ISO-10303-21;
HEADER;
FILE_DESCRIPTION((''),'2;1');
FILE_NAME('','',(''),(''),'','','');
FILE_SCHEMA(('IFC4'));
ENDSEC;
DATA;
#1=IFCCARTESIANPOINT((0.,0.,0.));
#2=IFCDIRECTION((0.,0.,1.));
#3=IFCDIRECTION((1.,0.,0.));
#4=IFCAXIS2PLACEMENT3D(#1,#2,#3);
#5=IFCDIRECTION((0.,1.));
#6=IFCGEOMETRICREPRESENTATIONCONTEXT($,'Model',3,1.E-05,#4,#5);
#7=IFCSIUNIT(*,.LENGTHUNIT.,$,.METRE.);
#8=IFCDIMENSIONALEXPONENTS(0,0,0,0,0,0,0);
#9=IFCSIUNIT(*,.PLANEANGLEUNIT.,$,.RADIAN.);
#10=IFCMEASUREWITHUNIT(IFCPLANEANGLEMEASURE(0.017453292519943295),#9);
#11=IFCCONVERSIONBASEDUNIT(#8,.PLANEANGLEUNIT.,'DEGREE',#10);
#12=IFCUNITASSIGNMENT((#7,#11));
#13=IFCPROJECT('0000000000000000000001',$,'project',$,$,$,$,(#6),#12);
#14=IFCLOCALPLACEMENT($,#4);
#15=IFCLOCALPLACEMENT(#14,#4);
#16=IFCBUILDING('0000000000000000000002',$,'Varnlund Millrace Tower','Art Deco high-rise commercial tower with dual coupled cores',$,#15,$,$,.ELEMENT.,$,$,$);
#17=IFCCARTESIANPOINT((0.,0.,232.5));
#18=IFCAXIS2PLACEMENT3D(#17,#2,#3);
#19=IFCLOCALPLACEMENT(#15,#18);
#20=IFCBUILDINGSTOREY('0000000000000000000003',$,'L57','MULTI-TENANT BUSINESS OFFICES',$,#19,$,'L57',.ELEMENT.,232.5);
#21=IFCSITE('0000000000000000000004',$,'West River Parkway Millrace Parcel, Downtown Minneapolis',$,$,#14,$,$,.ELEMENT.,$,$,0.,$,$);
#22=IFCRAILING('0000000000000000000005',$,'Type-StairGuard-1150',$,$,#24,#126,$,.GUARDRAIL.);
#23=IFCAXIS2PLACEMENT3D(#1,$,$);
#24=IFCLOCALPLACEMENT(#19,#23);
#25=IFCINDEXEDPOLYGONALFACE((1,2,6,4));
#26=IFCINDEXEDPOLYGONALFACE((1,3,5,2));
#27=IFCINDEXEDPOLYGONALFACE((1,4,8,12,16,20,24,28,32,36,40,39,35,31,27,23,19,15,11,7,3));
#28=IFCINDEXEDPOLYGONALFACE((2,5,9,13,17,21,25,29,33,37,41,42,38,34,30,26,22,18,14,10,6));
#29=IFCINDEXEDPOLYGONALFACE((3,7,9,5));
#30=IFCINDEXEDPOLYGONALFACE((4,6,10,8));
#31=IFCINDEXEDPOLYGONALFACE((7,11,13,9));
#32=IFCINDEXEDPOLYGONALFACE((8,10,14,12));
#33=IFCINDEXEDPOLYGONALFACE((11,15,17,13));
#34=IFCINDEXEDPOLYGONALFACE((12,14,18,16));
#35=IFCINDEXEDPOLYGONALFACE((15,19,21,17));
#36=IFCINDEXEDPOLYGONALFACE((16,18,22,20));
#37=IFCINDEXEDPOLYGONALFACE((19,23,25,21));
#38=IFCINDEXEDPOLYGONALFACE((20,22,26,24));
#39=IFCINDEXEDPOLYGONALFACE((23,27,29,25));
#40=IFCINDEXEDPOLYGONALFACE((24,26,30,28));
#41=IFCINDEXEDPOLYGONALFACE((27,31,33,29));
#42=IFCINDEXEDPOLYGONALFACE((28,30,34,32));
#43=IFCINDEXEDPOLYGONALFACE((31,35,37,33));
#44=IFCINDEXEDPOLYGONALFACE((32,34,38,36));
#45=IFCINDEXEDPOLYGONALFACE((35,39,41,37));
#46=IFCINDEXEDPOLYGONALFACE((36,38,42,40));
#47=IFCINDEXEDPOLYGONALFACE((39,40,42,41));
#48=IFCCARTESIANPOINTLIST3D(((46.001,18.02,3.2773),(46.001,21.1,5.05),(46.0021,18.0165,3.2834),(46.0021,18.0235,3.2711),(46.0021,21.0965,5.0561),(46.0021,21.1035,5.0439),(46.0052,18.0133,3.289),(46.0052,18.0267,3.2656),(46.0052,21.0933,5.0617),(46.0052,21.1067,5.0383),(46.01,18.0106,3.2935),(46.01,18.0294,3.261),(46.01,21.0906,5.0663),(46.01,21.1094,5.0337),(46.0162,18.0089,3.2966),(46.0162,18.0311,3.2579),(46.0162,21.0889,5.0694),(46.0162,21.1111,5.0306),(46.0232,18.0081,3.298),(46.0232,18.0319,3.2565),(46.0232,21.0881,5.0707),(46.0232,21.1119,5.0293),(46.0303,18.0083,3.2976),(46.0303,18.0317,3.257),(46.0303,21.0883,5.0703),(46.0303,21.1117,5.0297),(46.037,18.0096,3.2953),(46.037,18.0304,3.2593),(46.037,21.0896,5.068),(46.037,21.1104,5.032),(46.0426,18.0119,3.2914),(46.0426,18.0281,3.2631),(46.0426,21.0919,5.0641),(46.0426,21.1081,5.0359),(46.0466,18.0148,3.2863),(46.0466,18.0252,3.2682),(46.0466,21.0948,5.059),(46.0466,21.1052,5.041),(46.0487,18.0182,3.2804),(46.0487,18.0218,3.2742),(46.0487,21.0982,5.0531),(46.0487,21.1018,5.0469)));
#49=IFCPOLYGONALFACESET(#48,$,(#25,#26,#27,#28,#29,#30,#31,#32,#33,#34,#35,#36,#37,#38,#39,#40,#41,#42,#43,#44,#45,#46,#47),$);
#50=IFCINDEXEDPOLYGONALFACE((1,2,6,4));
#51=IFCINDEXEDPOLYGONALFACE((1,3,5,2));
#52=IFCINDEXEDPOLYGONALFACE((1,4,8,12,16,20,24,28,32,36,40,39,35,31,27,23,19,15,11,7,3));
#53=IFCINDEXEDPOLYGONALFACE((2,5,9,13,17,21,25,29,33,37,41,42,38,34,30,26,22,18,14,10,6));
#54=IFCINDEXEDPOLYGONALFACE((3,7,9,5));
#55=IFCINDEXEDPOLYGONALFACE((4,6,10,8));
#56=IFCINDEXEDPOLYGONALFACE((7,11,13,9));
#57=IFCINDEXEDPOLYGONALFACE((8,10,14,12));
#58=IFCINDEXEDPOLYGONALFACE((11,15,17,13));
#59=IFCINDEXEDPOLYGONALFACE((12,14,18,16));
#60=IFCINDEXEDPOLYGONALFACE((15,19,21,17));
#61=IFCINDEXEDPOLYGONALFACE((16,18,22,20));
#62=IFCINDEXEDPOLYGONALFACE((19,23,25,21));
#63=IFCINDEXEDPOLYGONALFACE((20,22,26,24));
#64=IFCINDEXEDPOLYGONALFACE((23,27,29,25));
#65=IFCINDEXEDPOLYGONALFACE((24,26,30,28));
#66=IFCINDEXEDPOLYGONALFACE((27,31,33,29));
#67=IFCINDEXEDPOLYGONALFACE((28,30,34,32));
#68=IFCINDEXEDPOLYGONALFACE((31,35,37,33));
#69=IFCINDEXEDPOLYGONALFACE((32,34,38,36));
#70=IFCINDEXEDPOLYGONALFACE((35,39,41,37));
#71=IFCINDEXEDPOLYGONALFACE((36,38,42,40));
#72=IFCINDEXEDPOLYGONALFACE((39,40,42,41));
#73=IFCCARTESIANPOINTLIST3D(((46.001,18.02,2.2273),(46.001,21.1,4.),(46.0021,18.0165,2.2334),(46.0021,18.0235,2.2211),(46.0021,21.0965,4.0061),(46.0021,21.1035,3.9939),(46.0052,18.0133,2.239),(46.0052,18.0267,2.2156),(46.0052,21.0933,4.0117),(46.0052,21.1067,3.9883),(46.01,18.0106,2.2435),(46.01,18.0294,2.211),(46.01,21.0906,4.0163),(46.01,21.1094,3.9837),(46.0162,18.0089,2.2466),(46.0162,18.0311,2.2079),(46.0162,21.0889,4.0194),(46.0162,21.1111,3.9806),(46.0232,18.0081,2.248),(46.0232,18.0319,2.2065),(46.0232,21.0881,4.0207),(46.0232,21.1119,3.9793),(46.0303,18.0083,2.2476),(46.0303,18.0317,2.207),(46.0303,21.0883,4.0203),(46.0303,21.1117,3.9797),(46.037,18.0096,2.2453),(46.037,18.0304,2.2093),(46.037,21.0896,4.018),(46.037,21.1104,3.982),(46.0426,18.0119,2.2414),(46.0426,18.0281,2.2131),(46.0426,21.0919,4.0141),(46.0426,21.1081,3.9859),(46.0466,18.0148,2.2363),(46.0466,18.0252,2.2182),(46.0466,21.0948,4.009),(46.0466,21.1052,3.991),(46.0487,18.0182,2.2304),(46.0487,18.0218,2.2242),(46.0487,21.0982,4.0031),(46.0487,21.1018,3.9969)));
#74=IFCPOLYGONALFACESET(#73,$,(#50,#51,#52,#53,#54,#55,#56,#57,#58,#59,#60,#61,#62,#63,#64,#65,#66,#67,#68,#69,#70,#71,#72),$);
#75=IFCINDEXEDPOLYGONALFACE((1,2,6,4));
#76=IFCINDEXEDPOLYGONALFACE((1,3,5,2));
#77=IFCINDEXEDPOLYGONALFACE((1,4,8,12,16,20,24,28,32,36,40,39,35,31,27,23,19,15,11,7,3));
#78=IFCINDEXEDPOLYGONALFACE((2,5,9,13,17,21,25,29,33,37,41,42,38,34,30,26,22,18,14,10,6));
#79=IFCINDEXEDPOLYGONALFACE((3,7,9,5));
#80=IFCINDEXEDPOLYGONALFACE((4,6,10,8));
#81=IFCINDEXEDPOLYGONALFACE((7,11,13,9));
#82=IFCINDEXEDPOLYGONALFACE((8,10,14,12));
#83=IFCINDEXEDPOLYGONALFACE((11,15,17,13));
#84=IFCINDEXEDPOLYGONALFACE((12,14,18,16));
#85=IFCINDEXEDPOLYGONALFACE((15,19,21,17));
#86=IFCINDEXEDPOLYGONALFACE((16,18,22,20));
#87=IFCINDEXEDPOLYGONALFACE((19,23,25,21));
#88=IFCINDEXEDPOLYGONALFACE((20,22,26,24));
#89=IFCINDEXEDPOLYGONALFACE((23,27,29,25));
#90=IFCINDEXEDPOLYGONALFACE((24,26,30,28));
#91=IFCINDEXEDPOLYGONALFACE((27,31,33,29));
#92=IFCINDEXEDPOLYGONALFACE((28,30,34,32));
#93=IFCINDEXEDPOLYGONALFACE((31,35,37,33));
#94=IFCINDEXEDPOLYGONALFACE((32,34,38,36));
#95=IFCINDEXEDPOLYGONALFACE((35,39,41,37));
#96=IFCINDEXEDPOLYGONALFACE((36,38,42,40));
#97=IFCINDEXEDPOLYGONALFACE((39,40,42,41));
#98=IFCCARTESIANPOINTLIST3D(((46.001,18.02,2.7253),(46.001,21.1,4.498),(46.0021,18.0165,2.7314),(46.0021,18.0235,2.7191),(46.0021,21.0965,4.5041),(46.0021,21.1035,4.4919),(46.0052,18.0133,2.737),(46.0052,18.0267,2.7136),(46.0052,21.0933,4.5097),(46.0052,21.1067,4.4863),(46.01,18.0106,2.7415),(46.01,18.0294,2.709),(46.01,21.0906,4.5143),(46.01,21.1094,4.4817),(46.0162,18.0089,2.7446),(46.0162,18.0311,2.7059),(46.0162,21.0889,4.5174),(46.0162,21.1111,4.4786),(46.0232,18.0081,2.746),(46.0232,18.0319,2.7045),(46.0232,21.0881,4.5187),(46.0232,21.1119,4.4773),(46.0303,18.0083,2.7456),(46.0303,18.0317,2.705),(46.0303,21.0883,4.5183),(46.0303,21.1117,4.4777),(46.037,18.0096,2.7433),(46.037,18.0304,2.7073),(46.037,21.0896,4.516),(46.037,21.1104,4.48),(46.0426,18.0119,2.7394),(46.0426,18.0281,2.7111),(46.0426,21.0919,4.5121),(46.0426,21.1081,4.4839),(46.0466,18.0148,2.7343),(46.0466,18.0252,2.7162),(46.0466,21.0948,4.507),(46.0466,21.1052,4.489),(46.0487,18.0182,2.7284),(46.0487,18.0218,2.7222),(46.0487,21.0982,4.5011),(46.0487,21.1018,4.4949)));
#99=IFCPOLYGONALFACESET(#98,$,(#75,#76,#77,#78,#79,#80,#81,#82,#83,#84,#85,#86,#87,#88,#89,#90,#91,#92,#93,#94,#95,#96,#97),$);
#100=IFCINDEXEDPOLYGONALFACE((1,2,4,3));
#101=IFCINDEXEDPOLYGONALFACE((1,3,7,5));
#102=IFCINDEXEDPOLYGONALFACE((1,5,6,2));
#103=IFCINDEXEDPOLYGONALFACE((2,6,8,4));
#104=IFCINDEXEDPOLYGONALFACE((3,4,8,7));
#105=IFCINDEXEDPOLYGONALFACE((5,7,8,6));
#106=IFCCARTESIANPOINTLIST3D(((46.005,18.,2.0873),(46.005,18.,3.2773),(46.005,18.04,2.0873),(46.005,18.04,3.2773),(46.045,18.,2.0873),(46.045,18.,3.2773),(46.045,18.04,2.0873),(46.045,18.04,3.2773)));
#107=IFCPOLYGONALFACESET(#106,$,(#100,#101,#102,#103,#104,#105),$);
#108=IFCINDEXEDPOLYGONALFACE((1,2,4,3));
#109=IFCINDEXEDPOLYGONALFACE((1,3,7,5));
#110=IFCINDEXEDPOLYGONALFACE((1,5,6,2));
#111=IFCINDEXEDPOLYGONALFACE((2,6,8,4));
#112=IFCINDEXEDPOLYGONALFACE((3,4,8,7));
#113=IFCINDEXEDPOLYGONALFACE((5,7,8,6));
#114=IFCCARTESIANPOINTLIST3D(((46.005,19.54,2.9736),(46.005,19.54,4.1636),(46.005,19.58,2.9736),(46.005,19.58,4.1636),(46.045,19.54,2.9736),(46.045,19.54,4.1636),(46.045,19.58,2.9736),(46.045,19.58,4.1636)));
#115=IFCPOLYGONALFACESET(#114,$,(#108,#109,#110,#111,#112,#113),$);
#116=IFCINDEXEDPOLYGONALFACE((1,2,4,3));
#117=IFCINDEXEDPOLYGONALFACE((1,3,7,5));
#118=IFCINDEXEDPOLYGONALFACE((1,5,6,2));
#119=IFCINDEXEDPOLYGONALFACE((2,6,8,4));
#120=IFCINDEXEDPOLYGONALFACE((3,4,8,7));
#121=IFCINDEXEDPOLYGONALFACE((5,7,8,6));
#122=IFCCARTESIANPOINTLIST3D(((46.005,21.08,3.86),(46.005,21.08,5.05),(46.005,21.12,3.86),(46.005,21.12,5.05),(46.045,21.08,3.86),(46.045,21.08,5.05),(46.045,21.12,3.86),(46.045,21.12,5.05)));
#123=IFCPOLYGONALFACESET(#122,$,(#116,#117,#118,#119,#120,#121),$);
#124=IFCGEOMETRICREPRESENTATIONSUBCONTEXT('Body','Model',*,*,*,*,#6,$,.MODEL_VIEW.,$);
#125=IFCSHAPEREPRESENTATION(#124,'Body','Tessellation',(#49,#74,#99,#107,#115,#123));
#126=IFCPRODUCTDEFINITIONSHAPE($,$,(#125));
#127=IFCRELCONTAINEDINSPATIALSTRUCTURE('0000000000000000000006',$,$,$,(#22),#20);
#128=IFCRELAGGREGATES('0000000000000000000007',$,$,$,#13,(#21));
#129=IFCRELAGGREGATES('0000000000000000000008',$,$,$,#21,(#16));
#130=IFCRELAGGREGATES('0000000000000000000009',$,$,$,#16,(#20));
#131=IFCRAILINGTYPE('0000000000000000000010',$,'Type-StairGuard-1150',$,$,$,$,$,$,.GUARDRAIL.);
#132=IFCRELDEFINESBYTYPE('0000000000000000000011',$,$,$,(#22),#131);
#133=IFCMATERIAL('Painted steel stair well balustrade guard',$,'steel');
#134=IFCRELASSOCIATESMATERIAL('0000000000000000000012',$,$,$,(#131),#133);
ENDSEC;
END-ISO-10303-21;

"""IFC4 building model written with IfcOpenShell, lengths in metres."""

from ifc_helpers import new_model, entity, si_unit, converted_unit, direction, frame, origin_with_axes, origin_2d_with_axis, place, context, subcontext, project, spatial, rectangle, circle, extrude, material, type_object, element, save


model = new_model("IFC4")

# Units and contexts
model_context = context("Model", 3, precision=1e-05, world=origin_with_axes(), true_north=direction((0.0, 1.0)))
body_context = subcontext(model_context, "Body", "Model", "MODEL_VIEW")
ifc_project = project(units=[si_unit("LENGTHUNIT", "METRE"), converted_unit("PLANEANGLEUNIT", "DEGREE", entity("IfcPlaneAngleMeasure", 0.017453292519943295), si_unit("PLANEANGLEUNIT", "RADIAN"), dimensions=[0, 0, 0, 0, 0, 0, 0])], contexts=[model_context])

# Site, building, storey
site_placement = place(None, origin_with_axes())
site = spatial("IfcSite", under=ifc_project, at=site_placement, Name="West River Parkway Millrace Parcel, Downtown Minneapolis", CompositionType="ELEMENT", RefElevation=0.0)
building_placement = place(site_placement, origin_with_axes())
building = spatial("IfcBuilding", under=site, at=building_placement, Name="Varnlund Millrace Tower", Description="Art Deco high-rise commercial tower with dual coupled cores", CompositionType="ELEMENT")
storey_placement = place(building_placement, frame((0.0, 0.0, 232.5), z_axis=(0.0, 0.0, 1.0), x_axis=(1.0, 0.0, 0.0)))
storey = spatial("IfcBuildingStorey", under=building, at=storey_placement, Name="L57", Description="MULTI-TENANT BUSINESS OFFICES", LongName="L57", CompositionType="ELEMENT", Elevation=232.5)

# Railing
ifc_material_1 = material(Name="Painted steel stair well balustrade guard", Category="steel")
railing_type_1 = type_object("IfcRailingType", Name="Type-StairGuard-1150", PredefinedType="GUARDRAIL", material=ifc_material_1)
railing_1_placement = place(storey_placement, frame((0.0, 0.0, -232.5), z_axis=(0.0, 0.0, 1.0), x_axis=(1.0, 0.0, 0.0)))
element("IfcRailing", 1, at=railing_1_placement, inside=storey, type_object=railing_type_1, Name="Type-StairGuard-1150", PredefinedType="GUARDRAIL", context=body_context, shape_type="SweptSolid", body=[
    extrude(circle(Radius=0.024, at=origin_2d_with_axis()), frame((46.025, 18.02, 235.7773), z_axis=(0.0, 0.866696, 0.498836), x_axis=(-1.0, 0.0, 0.0)), (0.0, 0.0, 1.0), 3.5537),
    extrude(circle(Radius=0.024, at=origin_2d_with_axis()), frame((46.025, 18.02, 234.7273), z_axis=(0.0, 0.866696, 0.498836), x_axis=(-1.0, 0.0, 0.0)), (0.0, 0.0, 1.0), 3.5537),
    extrude(circle(Radius=0.024, at=origin_2d_with_axis()), frame((46.025, 18.02, 235.2253), z_axis=(0.0, 0.866696, 0.498836), x_axis=(-1.0, 0.0, 0.0)), (0.0, 0.0, 1.0), 3.5537),
    extrude(rectangle(XDim=0.04, YDim=0.04, at=origin_2d_with_axis()), frame((46.025, 18.02, 234.5873), z_axis=(0.0, 0.0, 1.0), x_axis=(1.0, 0.0, 0.0)), (0.0, 0.0, 1.0), 1.19),
    extrude(rectangle(XDim=0.04, YDim=0.04, at=origin_2d_with_axis()), frame((46.025, 19.56, 235.4736), z_axis=(0.0, 0.0, 1.0), x_axis=(1.0, 0.0, 0.0)), (0.0, 0.0, 1.0), 1.19),
    extrude(rectangle(XDim=0.04, YDim=0.04, at=origin_2d_with_axis()), frame((46.025, 21.1, 236.36), z_axis=(0.0, 0.0, 1.0), x_axis=(1.0, 0.0, 0.0)), (0.0, 0.0, 1.0), 1.19),
])

save(model, "model.ifc")
